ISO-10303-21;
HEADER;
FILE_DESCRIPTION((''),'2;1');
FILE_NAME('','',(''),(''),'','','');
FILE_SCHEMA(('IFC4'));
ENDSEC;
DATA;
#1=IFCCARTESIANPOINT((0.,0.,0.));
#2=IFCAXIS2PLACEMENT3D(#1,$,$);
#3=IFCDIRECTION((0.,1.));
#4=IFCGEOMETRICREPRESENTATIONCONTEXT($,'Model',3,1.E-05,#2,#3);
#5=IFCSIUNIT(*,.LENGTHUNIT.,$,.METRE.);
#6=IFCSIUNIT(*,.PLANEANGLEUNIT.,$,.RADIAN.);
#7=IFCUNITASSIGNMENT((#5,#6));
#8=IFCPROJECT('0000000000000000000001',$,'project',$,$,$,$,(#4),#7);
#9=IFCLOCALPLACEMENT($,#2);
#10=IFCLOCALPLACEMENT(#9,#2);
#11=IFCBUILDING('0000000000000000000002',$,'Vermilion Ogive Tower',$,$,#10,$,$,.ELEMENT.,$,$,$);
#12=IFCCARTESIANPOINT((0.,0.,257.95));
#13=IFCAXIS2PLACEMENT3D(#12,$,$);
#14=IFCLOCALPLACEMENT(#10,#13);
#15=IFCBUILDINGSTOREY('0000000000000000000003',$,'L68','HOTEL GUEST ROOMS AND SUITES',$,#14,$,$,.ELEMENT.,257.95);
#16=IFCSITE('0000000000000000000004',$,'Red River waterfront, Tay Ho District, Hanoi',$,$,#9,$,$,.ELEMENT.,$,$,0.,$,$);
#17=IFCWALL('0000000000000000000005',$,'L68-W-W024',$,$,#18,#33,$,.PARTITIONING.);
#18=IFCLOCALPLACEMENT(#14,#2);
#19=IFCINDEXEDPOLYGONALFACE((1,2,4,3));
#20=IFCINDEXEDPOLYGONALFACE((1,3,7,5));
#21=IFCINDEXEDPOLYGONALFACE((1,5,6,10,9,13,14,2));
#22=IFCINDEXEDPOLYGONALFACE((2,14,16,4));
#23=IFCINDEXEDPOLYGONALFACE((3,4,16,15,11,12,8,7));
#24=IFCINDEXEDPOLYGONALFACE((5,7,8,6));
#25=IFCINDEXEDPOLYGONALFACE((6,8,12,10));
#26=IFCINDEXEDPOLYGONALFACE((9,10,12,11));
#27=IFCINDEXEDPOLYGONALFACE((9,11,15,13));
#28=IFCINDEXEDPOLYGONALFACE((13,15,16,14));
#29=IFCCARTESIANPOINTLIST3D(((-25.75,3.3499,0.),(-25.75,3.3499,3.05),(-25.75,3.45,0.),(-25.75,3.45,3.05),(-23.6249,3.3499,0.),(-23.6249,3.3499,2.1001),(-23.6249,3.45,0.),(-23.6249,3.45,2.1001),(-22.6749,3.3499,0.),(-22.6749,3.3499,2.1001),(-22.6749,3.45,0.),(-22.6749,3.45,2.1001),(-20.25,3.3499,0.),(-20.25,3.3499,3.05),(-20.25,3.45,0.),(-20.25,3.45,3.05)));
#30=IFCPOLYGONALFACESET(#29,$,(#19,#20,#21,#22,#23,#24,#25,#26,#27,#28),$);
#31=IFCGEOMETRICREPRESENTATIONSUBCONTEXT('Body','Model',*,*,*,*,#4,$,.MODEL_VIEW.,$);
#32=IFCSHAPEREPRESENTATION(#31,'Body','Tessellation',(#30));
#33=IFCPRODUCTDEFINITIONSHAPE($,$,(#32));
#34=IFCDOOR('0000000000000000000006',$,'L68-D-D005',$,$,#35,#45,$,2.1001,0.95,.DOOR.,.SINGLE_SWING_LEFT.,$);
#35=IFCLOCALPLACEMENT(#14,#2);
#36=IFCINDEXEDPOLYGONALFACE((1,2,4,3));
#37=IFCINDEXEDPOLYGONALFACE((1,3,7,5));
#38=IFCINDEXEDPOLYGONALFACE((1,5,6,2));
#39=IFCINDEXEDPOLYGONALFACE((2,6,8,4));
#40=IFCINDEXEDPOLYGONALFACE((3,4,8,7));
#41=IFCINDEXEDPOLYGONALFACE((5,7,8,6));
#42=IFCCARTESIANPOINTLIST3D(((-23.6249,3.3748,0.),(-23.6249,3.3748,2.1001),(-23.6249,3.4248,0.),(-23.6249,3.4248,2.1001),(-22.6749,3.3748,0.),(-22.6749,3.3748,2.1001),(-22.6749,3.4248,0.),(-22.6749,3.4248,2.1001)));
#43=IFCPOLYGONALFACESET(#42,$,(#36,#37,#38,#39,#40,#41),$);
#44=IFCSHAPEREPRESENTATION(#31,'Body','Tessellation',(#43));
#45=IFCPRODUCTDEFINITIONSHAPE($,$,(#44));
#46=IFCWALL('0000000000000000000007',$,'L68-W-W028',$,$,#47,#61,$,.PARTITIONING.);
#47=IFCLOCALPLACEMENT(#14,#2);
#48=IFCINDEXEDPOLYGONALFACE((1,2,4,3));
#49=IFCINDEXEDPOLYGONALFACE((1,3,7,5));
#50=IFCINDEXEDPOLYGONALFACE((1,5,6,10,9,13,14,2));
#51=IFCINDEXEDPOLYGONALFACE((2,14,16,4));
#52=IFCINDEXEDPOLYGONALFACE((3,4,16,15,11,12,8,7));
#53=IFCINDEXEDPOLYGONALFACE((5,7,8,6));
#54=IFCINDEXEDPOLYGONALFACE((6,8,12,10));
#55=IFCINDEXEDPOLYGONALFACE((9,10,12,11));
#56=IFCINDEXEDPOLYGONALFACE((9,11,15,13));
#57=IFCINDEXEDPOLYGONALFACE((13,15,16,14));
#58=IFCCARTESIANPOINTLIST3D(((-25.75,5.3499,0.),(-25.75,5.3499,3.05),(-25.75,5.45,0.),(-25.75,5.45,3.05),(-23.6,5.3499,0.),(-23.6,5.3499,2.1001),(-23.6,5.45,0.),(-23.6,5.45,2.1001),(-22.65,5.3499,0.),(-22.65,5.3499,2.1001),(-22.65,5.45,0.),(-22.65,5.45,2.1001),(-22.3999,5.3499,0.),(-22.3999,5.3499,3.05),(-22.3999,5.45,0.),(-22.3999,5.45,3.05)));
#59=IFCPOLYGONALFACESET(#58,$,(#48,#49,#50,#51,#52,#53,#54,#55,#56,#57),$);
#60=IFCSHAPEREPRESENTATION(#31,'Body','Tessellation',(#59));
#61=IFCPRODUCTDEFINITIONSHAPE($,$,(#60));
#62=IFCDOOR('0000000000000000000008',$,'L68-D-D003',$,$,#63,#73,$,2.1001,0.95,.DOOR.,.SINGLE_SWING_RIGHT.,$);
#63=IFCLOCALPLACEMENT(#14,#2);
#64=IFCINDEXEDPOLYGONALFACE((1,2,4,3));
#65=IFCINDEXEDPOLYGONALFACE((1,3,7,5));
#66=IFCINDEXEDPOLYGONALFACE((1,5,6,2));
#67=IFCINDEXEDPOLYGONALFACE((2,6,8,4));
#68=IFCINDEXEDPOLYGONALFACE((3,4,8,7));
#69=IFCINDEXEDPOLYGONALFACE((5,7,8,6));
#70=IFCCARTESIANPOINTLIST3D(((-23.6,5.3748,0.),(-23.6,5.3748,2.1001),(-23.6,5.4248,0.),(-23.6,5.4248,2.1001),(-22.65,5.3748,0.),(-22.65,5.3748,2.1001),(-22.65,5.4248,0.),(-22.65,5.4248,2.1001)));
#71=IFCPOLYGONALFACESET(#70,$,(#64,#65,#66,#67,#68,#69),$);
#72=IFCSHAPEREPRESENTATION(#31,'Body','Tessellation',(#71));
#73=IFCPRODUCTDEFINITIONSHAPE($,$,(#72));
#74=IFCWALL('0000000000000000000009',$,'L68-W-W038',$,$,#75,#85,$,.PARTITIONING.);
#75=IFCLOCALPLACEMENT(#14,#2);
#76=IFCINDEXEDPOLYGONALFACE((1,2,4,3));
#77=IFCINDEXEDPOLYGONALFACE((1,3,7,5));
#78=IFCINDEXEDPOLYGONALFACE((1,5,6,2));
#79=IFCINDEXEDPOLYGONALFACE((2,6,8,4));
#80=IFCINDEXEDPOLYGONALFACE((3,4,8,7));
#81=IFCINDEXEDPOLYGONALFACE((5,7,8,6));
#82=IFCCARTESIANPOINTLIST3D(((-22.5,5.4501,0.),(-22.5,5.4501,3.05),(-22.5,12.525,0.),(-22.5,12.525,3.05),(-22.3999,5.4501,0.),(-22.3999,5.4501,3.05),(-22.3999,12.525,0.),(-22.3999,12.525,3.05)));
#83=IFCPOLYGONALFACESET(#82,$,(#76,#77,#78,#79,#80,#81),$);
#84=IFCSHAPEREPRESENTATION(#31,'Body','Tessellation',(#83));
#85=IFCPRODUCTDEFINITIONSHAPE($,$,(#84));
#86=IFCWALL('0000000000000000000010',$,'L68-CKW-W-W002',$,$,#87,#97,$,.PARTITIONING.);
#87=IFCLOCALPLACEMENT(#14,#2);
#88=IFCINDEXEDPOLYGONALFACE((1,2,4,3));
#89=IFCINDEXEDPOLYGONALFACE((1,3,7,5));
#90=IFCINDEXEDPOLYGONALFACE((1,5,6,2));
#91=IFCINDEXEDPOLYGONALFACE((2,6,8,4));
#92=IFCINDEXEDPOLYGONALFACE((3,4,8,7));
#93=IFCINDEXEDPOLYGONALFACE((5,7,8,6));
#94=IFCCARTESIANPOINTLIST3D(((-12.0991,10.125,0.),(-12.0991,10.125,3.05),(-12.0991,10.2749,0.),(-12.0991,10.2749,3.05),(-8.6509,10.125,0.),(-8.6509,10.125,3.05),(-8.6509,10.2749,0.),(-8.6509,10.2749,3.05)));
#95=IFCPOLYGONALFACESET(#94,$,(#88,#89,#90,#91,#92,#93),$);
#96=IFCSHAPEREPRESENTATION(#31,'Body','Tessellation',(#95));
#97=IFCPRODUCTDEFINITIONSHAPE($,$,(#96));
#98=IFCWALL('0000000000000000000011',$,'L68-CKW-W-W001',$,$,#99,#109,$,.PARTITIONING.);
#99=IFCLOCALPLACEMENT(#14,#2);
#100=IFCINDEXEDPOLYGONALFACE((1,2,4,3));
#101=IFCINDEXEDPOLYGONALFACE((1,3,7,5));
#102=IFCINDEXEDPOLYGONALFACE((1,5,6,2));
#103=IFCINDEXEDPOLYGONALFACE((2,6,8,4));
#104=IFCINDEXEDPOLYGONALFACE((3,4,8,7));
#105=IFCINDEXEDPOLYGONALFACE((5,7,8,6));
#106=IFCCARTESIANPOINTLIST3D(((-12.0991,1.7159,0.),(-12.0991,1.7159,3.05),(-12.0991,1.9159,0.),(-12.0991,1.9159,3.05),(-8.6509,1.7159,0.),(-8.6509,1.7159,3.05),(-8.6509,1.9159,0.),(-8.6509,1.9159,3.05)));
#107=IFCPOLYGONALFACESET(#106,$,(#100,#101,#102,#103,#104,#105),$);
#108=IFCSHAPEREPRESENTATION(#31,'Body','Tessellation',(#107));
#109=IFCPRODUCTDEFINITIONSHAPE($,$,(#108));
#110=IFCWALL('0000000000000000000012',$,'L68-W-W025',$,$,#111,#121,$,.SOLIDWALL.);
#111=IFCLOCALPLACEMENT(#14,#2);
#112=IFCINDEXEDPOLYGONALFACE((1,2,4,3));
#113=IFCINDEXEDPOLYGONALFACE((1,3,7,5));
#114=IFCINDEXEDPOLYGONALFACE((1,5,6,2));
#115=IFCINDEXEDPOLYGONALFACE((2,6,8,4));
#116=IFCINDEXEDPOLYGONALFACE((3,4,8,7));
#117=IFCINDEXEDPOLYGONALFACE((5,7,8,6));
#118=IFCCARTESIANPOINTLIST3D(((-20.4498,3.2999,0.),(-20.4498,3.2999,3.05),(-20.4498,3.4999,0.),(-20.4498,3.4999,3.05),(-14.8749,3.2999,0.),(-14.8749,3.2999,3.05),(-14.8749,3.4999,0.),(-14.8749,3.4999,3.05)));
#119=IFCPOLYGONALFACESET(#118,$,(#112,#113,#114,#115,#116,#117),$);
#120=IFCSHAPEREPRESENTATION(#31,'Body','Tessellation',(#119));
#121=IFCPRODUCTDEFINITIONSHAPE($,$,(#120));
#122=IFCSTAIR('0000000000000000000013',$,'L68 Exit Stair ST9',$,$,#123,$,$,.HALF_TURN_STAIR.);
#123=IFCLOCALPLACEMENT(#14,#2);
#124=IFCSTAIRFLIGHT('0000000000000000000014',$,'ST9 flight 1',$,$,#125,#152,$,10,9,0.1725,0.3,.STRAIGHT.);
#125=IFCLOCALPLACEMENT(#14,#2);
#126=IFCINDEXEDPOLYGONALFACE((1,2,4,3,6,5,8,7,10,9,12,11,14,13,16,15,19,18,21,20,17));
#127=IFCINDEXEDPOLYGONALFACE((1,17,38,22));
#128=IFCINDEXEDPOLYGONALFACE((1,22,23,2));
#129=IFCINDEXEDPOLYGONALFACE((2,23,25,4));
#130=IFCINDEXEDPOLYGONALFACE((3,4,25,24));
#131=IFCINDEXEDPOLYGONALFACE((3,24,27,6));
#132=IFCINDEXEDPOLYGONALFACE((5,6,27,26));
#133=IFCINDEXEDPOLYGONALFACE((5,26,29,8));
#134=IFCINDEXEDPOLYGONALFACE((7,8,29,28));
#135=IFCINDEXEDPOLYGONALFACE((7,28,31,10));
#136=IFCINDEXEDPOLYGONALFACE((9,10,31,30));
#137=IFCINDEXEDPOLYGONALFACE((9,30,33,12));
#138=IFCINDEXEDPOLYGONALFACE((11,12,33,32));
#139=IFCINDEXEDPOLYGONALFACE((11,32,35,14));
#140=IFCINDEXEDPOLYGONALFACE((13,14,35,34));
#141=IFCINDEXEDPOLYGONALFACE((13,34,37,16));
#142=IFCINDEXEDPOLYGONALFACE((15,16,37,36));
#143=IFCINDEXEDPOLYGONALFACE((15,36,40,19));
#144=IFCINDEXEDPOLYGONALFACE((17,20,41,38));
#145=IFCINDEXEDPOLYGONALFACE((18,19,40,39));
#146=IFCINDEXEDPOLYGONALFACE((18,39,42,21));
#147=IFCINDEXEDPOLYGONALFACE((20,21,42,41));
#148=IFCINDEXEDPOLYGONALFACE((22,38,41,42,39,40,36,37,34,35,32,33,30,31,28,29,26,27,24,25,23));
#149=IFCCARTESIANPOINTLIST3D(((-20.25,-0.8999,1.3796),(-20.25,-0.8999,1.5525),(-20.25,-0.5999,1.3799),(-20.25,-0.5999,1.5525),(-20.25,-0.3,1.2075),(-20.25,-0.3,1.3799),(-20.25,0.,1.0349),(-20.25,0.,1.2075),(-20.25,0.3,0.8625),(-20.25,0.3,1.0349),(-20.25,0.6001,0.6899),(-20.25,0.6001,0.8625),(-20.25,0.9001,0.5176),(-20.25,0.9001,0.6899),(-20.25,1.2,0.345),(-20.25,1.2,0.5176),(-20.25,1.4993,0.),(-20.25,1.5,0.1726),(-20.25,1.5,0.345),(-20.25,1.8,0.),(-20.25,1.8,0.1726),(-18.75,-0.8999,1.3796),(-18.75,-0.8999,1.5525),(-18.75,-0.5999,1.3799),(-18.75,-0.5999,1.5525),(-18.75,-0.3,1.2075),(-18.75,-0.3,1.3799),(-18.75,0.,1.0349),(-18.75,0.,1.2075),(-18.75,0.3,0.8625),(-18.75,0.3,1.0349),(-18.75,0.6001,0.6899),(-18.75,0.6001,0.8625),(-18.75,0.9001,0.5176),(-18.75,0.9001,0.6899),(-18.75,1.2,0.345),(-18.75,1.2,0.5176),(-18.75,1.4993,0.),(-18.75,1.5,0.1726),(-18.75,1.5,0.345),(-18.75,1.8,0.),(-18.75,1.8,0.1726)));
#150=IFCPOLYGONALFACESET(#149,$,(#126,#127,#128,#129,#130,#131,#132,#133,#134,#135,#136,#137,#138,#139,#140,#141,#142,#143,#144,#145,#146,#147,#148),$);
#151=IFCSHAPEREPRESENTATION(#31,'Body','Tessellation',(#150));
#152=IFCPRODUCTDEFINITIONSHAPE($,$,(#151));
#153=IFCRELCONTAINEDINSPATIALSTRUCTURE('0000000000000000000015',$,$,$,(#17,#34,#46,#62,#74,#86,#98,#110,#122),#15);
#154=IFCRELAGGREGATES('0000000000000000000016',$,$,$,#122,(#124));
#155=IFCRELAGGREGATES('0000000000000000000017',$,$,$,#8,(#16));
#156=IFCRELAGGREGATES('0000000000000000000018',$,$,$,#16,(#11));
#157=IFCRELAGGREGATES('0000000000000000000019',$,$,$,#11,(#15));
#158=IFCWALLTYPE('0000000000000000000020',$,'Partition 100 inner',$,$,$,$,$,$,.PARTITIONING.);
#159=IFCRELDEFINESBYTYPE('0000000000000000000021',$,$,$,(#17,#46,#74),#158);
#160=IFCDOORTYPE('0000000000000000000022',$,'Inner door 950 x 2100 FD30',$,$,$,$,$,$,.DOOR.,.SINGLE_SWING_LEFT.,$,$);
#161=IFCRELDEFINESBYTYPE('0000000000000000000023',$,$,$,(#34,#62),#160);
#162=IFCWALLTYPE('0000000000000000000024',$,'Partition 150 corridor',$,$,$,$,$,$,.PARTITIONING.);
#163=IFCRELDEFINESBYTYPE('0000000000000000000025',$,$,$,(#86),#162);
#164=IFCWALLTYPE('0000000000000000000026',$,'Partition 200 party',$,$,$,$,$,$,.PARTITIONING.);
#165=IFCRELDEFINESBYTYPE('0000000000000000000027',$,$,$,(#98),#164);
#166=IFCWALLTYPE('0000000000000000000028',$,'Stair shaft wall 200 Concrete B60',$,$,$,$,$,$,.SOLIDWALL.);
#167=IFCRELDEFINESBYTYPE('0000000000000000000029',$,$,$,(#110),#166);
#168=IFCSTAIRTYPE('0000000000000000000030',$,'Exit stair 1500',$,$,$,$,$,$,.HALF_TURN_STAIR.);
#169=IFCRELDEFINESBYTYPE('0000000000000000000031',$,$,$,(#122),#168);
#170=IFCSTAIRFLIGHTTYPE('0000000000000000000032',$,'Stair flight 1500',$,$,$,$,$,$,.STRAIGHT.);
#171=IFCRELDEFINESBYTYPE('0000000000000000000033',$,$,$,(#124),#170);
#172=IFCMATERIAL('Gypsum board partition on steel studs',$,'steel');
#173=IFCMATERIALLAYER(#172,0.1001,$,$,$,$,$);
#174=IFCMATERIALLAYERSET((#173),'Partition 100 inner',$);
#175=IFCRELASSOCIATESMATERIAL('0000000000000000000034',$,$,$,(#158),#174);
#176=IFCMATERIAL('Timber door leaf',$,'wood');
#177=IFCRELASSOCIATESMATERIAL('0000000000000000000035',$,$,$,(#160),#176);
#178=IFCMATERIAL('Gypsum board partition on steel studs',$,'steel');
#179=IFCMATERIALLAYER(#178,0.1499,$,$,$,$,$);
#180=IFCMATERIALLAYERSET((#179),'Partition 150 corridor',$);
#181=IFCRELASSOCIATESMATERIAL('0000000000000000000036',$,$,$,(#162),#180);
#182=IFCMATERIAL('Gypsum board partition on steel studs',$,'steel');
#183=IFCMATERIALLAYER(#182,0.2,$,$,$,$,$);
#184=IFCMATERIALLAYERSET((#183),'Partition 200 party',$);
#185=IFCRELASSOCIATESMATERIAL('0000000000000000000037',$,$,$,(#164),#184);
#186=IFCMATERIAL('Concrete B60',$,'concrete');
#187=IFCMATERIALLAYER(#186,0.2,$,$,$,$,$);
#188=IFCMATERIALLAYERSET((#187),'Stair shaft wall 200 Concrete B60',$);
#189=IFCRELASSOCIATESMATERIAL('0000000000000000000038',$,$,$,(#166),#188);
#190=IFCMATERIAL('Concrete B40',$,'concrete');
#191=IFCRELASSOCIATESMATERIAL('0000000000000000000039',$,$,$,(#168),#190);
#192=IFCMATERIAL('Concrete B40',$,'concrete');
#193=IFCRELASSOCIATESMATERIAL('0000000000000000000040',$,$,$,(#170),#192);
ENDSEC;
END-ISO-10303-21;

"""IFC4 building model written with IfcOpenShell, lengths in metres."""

from ifc_helpers import new_model, si_unit, direction, frame, frame_2d, origin, place, context, subcontext, project, spatial, polyline, rectangle, outline, extrude, material, layer, layer_set, type_object, element, fill, aggregate, save


model = new_model("IFC4")

# Units and contexts
model_context = context("Model", 3, precision=1e-05, world=origin(), true_north=direction((0.0, 1.0)))
body_context = subcontext(model_context, "Body", "Model", "MODEL_VIEW")
ifc_project = project(units=[si_unit("LENGTHUNIT", "METRE"), si_unit("PLANEANGLEUNIT", "RADIAN")], contexts=[model_context])

# Site, building, storey
site_placement = place(None, origin())
site = spatial("IfcSite", under=ifc_project, at=site_placement, Name="Red River waterfront, Tay Ho District, Hanoi", CompositionType="ELEMENT", RefElevation=0.0)
building_placement = place(site_placement, origin())
building = spatial("IfcBuilding", under=site, at=building_placement, Name="Vermilion Ogive Tower", CompositionType="ELEMENT")
storey_placement = place(building_placement, frame((0.0, 0.0, 257.95)))
storey = spatial("IfcBuildingStorey", under=building, at=storey_placement, Name="L68", Description="HOTEL GUEST ROOMS AND SUITES", CompositionType="ELEMENT", Elevation=257.95)

# Walls, openings, doors
ifc_material_1 = material(Name="Gypsum board partition on steel studs", Category="steel")
ifc_layer_1 = layer(ifc_material_1, 0.1001)
ifc_layer_set_1 = layer_set([ifc_layer_1], Name="Partition 100 inner")
wall_type_1 = type_object("IfcWallType", Name="Partition 100 inner", PredefinedType="PARTITIONING", material=ifc_layer_set_1)
wall_1_placement = place(storey_placement, frame((-25.75, 3.3999, 0.0), z_axis=(0.0, 0.0, 1.0), x_axis=(1.0, 0.0, 0.0)))
wall_1 = element("IfcWall", 1, at=wall_1_placement, inside=storey, type_object=wall_type_1, Name="L68-W-W024", PredefinedType="PARTITIONING", context=body_context, shape_type="SweptSolid", body=[
    extrude(rectangle(XDim=5.5, YDim=0.1001, at=frame_2d((2.75, 0.0))), origin(), (0.0, 0.0, 1.0), 3.05),
])
opening_1_placement = place(wall_1_placement, frame((2.125, 0.0, 0.0)))
opening_1 = element("IfcOpeningElement", 2, at=opening_1_placement, cuts=wall_1, PredefinedType="OPENING", context=body_context, shape_type="SweptSolid", body=[
    extrude(rectangle(XDim=0.95, YDim=2.1001, at=frame_2d((0.4751, 1.05))), frame((0.0, 0.0601, 0.0), z_axis=(0.0, -1.0, 0.0), x_axis=(1.0, 0.0, 0.0)), (0.0, 0.0, 1.0), 0.1201),
])
ifc_material_2 = material(Name="Timber door leaf", Category="wood")
door_type = type_object("IfcDoorType", Name="Inner door 950 x 2100 FD30", OperationType="SINGLE_SWING_LEFT", PredefinedType="DOOR", material=ifc_material_2)
door_1_placement = place(opening_1_placement, origin())
door_1 = element("IfcDoor", 3, at=door_1_placement, inside=storey, type_object=door_type, Name="L68-D-D005", OperationType="SINGLE_SWING_LEFT", OverallHeight=2.1001, OverallWidth=0.95, PredefinedType="DOOR", context=body_context, shape_type="SweptSolid", body=[
    extrude(rectangle(XDim=0.95, YDim=2.1001, at=frame_2d((0.4751, 1.05))), frame((0.0, 0.0249, 0.0), z_axis=(0.0, -1.0, 0.0), x_axis=(1.0, 0.0, 0.0)), (0.0, 0.0, 1.0), 0.05),
])
fill(opening_1, door_1)
wall_2_placement = place(storey_placement, frame((-25.75, 5.3999, 0.0), z_axis=(0.0, 0.0, 1.0), x_axis=(1.0, 0.0, 0.0)))
wall_2 = element("IfcWall", 4, at=wall_2_placement, inside=storey, type_object=wall_type_1, Name="L68-W-W028", PredefinedType="PARTITIONING", context=body_context, shape_type="SweptSolid", body=[
    extrude(rectangle(XDim=3.3501, YDim=0.1001, at=frame_2d((1.675, 0.0))), origin(), (0.0, 0.0, 1.0), 3.05),
])
opening_2_placement = place(wall_2_placement, frame((2.1499, 0.0, 0.0)))
opening_2 = element("IfcOpeningElement", 5, at=opening_2_placement, cuts=wall_2, PredefinedType="OPENING", context=body_context, shape_type="SweptSolid", body=[
    extrude(rectangle(XDim=0.95, YDim=2.1001, at=frame_2d((0.4751, 1.05))), frame((0.0, 0.0601, 0.0), z_axis=(0.0, -1.0, 0.0), x_axis=(1.0, 0.0, 0.0)), (0.0, 0.0, 1.0), 0.1201),
])
door_2_placement = place(opening_2_placement, origin())
door_2 = element("IfcDoor", 6, at=door_2_placement, inside=storey, type_object=door_type, Name="L68-D-D003", OperationType="SINGLE_SWING_RIGHT", OverallHeight=2.1001, OverallWidth=0.95, PredefinedType="DOOR", context=body_context, shape_type="SweptSolid", body=[
    extrude(rectangle(XDim=0.95, YDim=2.1001, at=frame_2d((0.4751, 1.05))), frame((0.0, 0.0249, 0.0), z_axis=(0.0, -1.0, 0.0), x_axis=(1.0, 0.0, 0.0)), (0.0, 0.0, 1.0), 0.05),
])
fill(opening_2, door_2)

# Walls
wall_3_placement = place(storey_placement, frame((-22.45, 5.45, 0.0), z_axis=(0.0, 0.0, 1.0), x_axis=(0.0, 1.0, 0.0)))
element("IfcWall", 7, at=wall_3_placement, inside=storey, type_object=wall_type_1, Name="L68-W-W038", PredefinedType="PARTITIONING", context=body_context, shape_type="SweptSolid", body=[
    extrude(rectangle(XDim=7.075, YDim=0.1001, at=frame_2d((3.5376, 0.0))), origin(), (0.0, 0.0, 1.0), 3.05),
])
ifc_material_3 = material(Name="Gypsum board partition on steel studs", Category="steel")
ifc_layer_2 = layer(ifc_material_3, 0.1499)
ifc_layer_set_2 = layer_set([ifc_layer_2], Name="Partition 150 corridor")
wall_type_2 = type_object("IfcWallType", Name="Partition 150 corridor", PredefinedType="PARTITIONING", material=ifc_layer_set_2)
wall_4_placement = place(storey_placement, frame((-12.0991, 10.2, 0.0), z_axis=(0.0, 0.0, 1.0), x_axis=(1.0, 0.0, 0.0)))
element("IfcWall", 8, at=wall_4_placement, inside=storey, type_object=wall_type_2, Name="L68-CKW-W-W002", PredefinedType="PARTITIONING", context=body_context, shape_type="SweptSolid", body=[
    extrude(rectangle(XDim=3.4482, YDim=0.1499, at=frame_2d((1.7241, 0.0))), origin(), (0.0, 0.0, 1.0), 3.05),
])
ifc_material_4 = material(Name="Gypsum board partition on steel studs", Category="steel")
ifc_layer_3 = layer(ifc_material_4, 0.2)
ifc_layer_set_3 = layer_set([ifc_layer_3], Name="Partition 200 party")
wall_type_3 = type_object("IfcWallType", Name="Partition 200 party", PredefinedType="PARTITIONING", material=ifc_layer_set_3)
wall_5_placement = place(storey_placement, frame((-12.0991, 1.8159, 0.0), z_axis=(0.0, 0.0, 1.0), x_axis=(1.0, 0.0, 0.0)))
element("IfcWall", 9, at=wall_5_placement, inside=storey, type_object=wall_type_3, Name="L68-CKW-W-W001", PredefinedType="PARTITIONING", context=body_context, shape_type="SweptSolid", body=[
    extrude(rectangle(XDim=3.4482, YDim=0.2, at=frame_2d((1.7241, 0.0))), origin(), (0.0, 0.0, 1.0), 3.05),
])
ifc_material_5 = material(Name="Concrete B60", Category="concrete")
ifc_layer_4 = layer(ifc_material_5, 0.2)
ifc_layer_set_4 = layer_set([ifc_layer_4], Name="Stair shaft wall 200 Concrete B60")
wall_type_4 = type_object("IfcWallType", Name="Stair shaft wall 200 Concrete B60", PredefinedType="SOLIDWALL", material=ifc_layer_set_4)
wall_6_placement = place(storey_placement, frame((-20.45, 3.3999, 0.0), z_axis=(0.0, 0.0, 1.0), x_axis=(1.0, 0.0, 0.0)))
element("IfcWall", 10, at=wall_6_placement, inside=storey, type_object=wall_type_4, Name="L68-W-W025", PredefinedType="SOLIDWALL", context=body_context, shape_type="SweptSolid", body=[
    extrude(rectangle(XDim=5.575, YDim=0.2, at=frame_2d((2.7876, 0.0))), origin(), (0.0, 0.0, 1.0), 3.05),
])

# Stair, stair flight
ifc_material_6 = material(Name="Concrete B40", Category="concrete")
stair_type = type_object("IfcStairType", Name="Exit stair 1500", PredefinedType="HALF_TURN_STAIR", material=ifc_material_6)
stair_placement = place(storey_placement, origin())
stair = element("IfcStair", 11, at=stair_placement, inside=storey, type_object=stair_type, Name="L68 Exit Stair ST9", PredefinedType="HALF_TURN_STAIR")
ifc_material_7 = material(Name="Concrete B40", Category="concrete")
stair_flight_type = type_object("IfcStairFlightType", Name="Stair flight 1500", PredefinedType="STRAIGHT", material=ifc_material_7)
stair_flight_placement = place(storey_placement, frame((-19.5, 1.8, 0.0), z_axis=(0.0, 0.0, 1.0), x_axis=(0.0, -1.0, 0.0)))
stair_flight = element("IfcStairFlight", 12, at=stair_flight_placement, type_object=stair_flight_type, Name="ST9 flight 1", NumberOfRisers=10, NumberOfTreads=9, PredefinedType="STRAIGHT", RiserHeight=0.1725, TreadLength=0.3, context=body_context, shape_type="SweptSolid", body=[
    extrude(outline(polyline([(0.0, 0.0), (0.0, 0.1726), (0.3, 0.1726), (0.3, 0.345), (0.6001, 0.345), (0.6001, 0.5176), (0.8999, 0.5176), (0.8999, 0.6899), (1.2, 0.6899), (1.2, 0.8625), (1.5, 0.8625), (1.5, 1.0349), (1.8, 1.0349), (1.8, 1.2075), (2.1001, 1.2075), (2.1001, 1.3799), (2.3999, 1.3799), (2.3999, 1.5525), (2.7, 1.5525), (2.7, 1.7251), (2.7, 1.3796), (0.3008, 0.0), (0.0, 0.0)])), frame((0.0, 0.75, 0.0), z_axis=(0.0, -1.0, 0.0), x_axis=(1.0, 0.0, 0.0)), (0.0, 0.0, 1.0), 1.5),
])
aggregate(stair, [stair_flight])

save(model, "model.ifc")
